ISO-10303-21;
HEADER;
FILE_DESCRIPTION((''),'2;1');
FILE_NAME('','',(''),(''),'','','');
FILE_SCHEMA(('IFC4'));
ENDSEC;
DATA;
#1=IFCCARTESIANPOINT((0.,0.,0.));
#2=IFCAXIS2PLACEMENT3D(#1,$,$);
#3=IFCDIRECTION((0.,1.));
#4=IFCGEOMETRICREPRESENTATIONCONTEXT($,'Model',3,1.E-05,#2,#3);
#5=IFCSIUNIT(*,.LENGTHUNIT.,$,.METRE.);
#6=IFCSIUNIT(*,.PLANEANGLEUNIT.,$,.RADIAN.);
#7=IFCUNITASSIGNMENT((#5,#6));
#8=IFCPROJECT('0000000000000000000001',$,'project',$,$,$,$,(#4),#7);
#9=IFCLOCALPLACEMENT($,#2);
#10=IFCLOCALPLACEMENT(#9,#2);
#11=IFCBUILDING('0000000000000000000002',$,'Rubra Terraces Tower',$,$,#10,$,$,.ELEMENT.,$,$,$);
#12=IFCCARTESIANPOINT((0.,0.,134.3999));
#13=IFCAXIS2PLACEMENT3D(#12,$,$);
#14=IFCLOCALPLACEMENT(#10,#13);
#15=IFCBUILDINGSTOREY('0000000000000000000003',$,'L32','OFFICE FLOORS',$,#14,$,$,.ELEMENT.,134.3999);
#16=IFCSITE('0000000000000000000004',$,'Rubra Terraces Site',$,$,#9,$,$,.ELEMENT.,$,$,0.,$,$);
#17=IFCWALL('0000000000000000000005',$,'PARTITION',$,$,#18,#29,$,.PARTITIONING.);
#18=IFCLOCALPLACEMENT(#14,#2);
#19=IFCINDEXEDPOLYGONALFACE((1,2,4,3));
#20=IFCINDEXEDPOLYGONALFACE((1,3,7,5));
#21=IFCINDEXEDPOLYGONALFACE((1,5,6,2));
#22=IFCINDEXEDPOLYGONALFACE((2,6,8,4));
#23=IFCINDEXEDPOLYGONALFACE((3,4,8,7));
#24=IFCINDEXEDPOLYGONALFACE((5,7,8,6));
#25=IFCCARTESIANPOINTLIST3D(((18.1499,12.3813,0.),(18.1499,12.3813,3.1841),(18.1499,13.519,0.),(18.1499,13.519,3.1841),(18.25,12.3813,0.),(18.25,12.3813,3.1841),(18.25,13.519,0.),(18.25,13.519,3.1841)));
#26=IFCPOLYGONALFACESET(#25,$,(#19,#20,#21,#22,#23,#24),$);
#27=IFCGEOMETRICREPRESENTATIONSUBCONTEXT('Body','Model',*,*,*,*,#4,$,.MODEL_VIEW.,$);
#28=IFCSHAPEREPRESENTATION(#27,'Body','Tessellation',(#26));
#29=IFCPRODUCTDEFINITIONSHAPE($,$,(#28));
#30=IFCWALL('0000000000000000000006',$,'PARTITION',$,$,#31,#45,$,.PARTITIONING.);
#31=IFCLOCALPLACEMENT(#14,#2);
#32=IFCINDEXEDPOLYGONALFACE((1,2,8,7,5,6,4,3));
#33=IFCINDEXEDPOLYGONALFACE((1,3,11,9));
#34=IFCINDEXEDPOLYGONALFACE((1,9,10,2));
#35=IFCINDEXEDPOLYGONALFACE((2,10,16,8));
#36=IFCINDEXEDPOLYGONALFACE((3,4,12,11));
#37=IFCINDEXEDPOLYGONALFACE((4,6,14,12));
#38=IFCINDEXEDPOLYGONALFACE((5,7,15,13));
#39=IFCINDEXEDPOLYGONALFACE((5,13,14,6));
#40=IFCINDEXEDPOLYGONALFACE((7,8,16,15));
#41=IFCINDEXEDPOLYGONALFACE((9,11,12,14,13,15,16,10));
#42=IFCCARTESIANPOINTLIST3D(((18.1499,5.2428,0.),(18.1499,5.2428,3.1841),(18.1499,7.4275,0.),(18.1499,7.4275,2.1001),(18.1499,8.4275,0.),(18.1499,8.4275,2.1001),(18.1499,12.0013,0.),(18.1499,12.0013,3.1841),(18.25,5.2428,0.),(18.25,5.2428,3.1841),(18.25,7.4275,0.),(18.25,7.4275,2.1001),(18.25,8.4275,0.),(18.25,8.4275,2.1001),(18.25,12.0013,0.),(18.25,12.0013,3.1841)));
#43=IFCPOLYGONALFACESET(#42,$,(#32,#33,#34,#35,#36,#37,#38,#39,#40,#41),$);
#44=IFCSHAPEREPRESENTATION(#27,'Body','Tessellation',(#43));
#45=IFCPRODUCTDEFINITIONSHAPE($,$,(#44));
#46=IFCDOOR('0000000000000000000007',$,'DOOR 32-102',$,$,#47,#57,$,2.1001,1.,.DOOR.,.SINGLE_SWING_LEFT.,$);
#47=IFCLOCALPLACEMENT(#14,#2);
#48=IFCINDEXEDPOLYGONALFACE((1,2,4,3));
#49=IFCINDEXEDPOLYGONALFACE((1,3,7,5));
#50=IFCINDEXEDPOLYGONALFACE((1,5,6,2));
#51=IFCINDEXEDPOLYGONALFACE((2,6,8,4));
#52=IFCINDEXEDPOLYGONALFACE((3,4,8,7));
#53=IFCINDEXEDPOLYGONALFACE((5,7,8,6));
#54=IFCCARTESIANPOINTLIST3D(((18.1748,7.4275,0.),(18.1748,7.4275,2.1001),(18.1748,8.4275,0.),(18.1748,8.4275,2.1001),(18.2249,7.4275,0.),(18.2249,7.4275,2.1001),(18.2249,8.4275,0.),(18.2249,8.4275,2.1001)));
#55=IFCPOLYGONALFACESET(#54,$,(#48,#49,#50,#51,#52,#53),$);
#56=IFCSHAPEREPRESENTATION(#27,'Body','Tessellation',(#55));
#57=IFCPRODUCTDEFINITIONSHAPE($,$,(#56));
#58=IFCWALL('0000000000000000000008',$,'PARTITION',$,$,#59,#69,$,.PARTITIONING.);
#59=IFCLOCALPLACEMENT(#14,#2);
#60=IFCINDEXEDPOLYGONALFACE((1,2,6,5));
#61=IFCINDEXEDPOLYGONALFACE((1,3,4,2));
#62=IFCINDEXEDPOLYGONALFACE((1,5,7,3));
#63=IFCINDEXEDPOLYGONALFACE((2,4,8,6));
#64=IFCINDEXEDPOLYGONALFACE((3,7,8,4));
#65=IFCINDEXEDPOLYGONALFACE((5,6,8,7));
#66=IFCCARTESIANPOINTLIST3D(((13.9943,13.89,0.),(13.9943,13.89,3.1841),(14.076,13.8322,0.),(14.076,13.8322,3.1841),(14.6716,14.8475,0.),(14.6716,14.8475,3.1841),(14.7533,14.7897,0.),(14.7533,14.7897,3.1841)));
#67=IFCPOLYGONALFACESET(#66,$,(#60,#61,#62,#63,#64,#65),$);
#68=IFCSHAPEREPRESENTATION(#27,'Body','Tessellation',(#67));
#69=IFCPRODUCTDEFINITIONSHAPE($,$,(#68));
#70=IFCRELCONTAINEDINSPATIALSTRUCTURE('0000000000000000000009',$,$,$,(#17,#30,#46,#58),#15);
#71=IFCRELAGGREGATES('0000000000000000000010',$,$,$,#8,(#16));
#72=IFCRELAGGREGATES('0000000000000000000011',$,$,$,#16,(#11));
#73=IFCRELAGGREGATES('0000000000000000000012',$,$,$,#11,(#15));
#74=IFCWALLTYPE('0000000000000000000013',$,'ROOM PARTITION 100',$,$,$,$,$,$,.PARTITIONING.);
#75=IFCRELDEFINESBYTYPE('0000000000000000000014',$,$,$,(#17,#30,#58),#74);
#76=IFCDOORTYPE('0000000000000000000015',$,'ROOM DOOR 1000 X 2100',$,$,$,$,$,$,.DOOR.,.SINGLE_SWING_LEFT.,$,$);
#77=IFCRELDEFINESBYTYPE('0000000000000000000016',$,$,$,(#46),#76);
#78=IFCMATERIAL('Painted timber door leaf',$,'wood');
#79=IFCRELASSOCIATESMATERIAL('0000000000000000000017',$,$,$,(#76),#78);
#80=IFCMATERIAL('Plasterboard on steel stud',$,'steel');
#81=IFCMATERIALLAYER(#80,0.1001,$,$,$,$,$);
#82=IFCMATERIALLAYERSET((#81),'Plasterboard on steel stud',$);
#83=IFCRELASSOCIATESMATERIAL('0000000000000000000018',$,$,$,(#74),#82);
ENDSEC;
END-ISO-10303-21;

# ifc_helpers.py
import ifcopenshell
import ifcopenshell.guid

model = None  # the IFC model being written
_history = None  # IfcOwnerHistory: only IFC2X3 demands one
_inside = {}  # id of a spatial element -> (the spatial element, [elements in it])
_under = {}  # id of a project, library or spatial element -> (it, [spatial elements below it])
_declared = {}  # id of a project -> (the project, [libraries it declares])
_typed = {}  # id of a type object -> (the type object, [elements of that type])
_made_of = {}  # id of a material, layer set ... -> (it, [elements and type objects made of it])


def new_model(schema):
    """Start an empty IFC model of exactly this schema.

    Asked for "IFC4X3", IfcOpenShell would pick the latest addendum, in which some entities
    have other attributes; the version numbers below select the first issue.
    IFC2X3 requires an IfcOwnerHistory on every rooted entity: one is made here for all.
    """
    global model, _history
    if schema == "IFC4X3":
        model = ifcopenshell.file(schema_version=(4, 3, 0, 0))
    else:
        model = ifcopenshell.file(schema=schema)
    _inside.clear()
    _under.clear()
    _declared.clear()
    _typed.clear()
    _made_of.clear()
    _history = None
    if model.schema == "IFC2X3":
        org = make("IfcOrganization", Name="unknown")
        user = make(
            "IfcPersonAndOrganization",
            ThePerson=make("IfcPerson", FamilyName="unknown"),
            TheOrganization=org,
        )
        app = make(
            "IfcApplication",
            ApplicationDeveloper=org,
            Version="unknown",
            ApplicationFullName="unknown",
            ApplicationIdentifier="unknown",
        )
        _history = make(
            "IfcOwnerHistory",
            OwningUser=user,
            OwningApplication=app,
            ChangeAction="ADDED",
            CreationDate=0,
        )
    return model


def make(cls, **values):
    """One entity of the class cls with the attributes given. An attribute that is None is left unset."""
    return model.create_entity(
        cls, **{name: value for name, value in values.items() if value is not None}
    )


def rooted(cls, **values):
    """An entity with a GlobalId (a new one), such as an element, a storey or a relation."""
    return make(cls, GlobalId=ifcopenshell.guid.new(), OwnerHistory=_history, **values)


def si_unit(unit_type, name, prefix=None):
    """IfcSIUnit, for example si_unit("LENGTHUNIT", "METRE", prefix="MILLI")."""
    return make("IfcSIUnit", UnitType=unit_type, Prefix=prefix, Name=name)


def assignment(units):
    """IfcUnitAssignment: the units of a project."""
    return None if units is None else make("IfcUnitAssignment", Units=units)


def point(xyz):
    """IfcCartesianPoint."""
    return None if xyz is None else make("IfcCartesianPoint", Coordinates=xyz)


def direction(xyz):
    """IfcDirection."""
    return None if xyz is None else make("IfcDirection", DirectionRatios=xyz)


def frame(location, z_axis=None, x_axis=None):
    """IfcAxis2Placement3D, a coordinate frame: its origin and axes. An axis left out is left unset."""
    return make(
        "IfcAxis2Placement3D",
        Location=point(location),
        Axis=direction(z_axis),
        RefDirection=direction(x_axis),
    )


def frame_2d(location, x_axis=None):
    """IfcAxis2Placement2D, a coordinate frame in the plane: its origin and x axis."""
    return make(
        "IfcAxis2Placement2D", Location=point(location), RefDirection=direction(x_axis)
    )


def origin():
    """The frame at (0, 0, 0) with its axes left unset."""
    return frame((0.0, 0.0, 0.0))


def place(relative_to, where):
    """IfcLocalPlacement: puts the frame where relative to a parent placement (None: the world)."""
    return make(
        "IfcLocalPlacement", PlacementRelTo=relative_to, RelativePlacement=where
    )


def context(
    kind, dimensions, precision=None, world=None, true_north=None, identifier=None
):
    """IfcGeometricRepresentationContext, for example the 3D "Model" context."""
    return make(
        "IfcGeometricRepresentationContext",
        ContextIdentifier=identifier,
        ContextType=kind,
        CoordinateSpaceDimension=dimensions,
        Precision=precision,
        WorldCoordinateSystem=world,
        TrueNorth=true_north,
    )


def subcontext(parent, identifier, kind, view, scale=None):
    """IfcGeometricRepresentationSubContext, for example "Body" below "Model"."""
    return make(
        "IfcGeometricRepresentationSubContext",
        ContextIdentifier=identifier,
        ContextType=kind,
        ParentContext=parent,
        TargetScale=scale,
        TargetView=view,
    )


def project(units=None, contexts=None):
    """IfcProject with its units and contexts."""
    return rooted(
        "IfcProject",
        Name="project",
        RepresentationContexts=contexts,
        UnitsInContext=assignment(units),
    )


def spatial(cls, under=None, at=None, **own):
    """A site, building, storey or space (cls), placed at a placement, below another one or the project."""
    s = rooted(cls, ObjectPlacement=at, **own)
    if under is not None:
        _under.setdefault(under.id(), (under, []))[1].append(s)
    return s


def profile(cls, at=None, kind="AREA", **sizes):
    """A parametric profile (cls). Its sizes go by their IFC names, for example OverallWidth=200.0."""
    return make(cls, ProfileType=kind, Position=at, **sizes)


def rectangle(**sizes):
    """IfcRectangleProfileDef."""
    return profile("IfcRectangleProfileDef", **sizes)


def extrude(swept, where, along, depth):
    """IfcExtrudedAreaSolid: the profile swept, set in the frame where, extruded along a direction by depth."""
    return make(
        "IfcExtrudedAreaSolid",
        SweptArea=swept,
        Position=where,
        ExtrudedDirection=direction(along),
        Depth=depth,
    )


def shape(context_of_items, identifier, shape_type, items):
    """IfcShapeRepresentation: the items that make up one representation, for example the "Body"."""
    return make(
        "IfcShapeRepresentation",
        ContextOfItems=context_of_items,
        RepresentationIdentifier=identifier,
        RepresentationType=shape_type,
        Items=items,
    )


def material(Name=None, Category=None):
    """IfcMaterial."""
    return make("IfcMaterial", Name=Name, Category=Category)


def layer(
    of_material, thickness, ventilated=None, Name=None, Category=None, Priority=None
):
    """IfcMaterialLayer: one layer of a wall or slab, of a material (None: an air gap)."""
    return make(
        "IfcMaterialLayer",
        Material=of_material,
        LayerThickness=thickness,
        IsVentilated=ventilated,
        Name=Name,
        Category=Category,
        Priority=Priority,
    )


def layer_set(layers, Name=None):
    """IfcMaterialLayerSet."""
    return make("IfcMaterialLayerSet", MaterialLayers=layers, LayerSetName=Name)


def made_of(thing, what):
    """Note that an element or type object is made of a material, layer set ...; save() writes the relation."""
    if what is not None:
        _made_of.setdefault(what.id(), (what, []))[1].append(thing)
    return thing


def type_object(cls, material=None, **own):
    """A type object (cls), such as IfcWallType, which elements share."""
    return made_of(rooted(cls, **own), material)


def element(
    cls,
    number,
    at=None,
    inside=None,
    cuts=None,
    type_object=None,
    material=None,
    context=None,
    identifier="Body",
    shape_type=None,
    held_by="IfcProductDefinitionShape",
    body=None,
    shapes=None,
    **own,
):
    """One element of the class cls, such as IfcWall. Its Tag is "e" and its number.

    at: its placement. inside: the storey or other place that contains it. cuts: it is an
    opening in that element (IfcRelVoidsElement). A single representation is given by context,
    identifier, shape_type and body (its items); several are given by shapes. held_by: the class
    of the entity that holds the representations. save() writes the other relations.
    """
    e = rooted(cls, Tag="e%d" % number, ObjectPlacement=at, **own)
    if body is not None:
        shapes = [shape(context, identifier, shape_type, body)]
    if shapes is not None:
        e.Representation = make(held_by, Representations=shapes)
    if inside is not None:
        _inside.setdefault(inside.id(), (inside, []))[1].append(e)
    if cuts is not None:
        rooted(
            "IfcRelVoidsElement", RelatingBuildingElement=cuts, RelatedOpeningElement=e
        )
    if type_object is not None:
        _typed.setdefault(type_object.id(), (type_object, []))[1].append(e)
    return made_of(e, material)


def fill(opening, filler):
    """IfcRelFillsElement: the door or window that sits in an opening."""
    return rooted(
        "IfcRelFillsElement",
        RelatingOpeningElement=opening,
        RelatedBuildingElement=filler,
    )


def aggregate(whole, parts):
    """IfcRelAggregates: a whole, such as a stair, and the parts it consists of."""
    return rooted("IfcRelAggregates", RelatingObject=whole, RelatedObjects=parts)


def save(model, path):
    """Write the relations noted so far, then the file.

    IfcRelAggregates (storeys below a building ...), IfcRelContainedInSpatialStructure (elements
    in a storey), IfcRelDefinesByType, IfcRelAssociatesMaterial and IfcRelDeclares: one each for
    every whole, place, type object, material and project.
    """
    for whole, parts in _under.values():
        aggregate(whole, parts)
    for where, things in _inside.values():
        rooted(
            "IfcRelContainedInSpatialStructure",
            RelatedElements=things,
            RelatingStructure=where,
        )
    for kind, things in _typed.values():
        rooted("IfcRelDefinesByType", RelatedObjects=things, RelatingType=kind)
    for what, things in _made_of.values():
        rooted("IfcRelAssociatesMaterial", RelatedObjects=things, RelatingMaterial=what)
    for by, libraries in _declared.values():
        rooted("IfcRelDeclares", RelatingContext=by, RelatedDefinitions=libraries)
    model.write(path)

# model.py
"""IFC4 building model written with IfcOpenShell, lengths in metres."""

from ifc_helpers import new_model, si_unit, direction, frame, frame_2d, origin, place, context, subcontext, project, spatial, rectangle, extrude, material, layer, layer_set, type_object, element, fill, save


model = new_model("IFC4")

# Units and contexts
model_context = context("Model", 3, precision=1e-05, world=origin(), true_north=direction((0.0, 1.0)))
body_context = subcontext(model_context, "Body", "Model", "MODEL_VIEW")
ifc_project = project(units=[si_unit("LENGTHUNIT", "METRE"), si_unit("PLANEANGLEUNIT", "RADIAN")], contexts=[model_context])

# Site, building, storey
site_placement = place(None, origin())
site = spatial("IfcSite", under=ifc_project, at=site_placement, Name="Rubra Terraces Site", CompositionType="ELEMENT", RefElevation=0.0)
building_placement = place(site_placement, origin())
building = spatial("IfcBuilding", under=site, at=building_placement, Name="Rubra Terraces Tower", CompositionType="ELEMENT")
storey_placement = place(building_placement, frame((0.0, 0.0, 134.3999)))
storey = spatial("IfcBuildingStorey", under=building, at=storey_placement, Name="L32", Description="OFFICE FLOORS", CompositionType="ELEMENT", Elevation=134.3999)

# Shared definitions
ifc_material_1 = material(Name="Painted timber door leaf", Category="wood")
door_type = type_object("IfcDoorType", Name="ROOM DOOR 1000 X 2100", OperationType="SINGLE_SWING_LEFT", PredefinedType="DOOR", material=ifc_material_1)

# Wall
ifc_material_2 = material(Name="Plasterboard on steel stud", Category="steel")
ifc_layer_1 = layer(ifc_material_2, 0.1001)
ifc_layer_set_1 = layer_set([ifc_layer_1], Name="Plasterboard on steel stud")
wall_type_1 = type_object("IfcWallType", Name="ROOM PARTITION 100", PredefinedType="PARTITIONING", material=ifc_layer_set_1)
wall_1_placement = place(storey_placement, frame((18.2, 13.519, 0.0), z_axis=(0.0, 0.0, 1.0), x_axis=(0.0, -1.0, 0.0)))
element("IfcWall", 1, at=wall_1_placement, inside=storey, type_object=wall_type_1, Name="PARTITION", PredefinedType="PARTITIONING", context=body_context, shape_type="SweptSolid", body=[
    extrude(rectangle(XDim=1.1377, YDim=0.1001, at=frame_2d((0.5688, 0.0))), origin(), (0.0, 0.0, 1.0), 3.1841),
])

# Wall, opening, door
wall_2_placement = place(storey_placement, frame((18.2, 12.0015, 0.0), z_axis=(0.0, 0.0, 1.0), x_axis=(0.0, -1.0, 0.0)))
wall_2 = element("IfcWall", 2, at=wall_2_placement, inside=storey, type_object=wall_type_1, Name="PARTITION", PredefinedType="PARTITIONING", context=body_context, shape_type="SweptSolid", body=[
    extrude(rectangle(XDim=6.7585, YDim=0.1001, at=frame_2d((3.3794, 0.0))), origin(), (0.0, 0.0, 1.0), 3.1841),
])
opening_1_placement = place(wall_2_placement, frame((3.574, 0.0, 0.0)))
opening_1 = element("IfcOpeningElement", 3, at=opening_1_placement, cuts=wall_2, PredefinedType="OPENING", context=body_context, shape_type="SweptSolid", body=[
    extrude(rectangle(XDim=1.0, YDim=2.1001, at=frame_2d((0.5, 1.05))), frame((0.0, 0.0601, 0.0), z_axis=(0.0, -1.0, 0.0), x_axis=(1.0, 0.0, 0.0)), (0.0, 0.0, 1.0), 0.1201),
])
door_1_placement = place(opening_1_placement, origin())
door_1 = element("IfcDoor", 4, at=door_1_placement, inside=storey, type_object=door_type, Name="DOOR 32-102", OperationType="SINGLE_SWING_LEFT", OverallHeight=2.1001, OverallWidth=1.0, PredefinedType="DOOR", context=body_context, shape_type="SweptSolid", body=[
    extrude(rectangle(XDim=1.0, YDim=2.1001, at=frame_2d((0.5, 1.05))), frame((0.0, 0.0249, 0.0), z_axis=(0.0, -1.0, 0.0), x_axis=(1.0, 0.0, 0.0)), (0.0, 0.0, 1.0), 0.05),
])
fill(opening_1, door_1)

# Wall
wall_3_placement = place(storey_placement, frame((14.0352, 13.8611, 0.0), z_axis=(0.0, 0.0, 1.0), x_axis=(0.577451, 0.816425, 0.0)))
element("IfcWall", 5, at=wall_3_placement, inside=storey, type_object=wall_type_1, Name="PARTITION", PredefinedType="PARTITIONING", context=body_context, shape_type="SweptSolid", body=[
    extrude(rectangle(XDim=1.1729, YDim=0.1001, at=frame_2d((0.5864, 0.0))), origin(), (0.0, 0.0, 1.0), 3.1841),
])

save(model, "model.ifc")
